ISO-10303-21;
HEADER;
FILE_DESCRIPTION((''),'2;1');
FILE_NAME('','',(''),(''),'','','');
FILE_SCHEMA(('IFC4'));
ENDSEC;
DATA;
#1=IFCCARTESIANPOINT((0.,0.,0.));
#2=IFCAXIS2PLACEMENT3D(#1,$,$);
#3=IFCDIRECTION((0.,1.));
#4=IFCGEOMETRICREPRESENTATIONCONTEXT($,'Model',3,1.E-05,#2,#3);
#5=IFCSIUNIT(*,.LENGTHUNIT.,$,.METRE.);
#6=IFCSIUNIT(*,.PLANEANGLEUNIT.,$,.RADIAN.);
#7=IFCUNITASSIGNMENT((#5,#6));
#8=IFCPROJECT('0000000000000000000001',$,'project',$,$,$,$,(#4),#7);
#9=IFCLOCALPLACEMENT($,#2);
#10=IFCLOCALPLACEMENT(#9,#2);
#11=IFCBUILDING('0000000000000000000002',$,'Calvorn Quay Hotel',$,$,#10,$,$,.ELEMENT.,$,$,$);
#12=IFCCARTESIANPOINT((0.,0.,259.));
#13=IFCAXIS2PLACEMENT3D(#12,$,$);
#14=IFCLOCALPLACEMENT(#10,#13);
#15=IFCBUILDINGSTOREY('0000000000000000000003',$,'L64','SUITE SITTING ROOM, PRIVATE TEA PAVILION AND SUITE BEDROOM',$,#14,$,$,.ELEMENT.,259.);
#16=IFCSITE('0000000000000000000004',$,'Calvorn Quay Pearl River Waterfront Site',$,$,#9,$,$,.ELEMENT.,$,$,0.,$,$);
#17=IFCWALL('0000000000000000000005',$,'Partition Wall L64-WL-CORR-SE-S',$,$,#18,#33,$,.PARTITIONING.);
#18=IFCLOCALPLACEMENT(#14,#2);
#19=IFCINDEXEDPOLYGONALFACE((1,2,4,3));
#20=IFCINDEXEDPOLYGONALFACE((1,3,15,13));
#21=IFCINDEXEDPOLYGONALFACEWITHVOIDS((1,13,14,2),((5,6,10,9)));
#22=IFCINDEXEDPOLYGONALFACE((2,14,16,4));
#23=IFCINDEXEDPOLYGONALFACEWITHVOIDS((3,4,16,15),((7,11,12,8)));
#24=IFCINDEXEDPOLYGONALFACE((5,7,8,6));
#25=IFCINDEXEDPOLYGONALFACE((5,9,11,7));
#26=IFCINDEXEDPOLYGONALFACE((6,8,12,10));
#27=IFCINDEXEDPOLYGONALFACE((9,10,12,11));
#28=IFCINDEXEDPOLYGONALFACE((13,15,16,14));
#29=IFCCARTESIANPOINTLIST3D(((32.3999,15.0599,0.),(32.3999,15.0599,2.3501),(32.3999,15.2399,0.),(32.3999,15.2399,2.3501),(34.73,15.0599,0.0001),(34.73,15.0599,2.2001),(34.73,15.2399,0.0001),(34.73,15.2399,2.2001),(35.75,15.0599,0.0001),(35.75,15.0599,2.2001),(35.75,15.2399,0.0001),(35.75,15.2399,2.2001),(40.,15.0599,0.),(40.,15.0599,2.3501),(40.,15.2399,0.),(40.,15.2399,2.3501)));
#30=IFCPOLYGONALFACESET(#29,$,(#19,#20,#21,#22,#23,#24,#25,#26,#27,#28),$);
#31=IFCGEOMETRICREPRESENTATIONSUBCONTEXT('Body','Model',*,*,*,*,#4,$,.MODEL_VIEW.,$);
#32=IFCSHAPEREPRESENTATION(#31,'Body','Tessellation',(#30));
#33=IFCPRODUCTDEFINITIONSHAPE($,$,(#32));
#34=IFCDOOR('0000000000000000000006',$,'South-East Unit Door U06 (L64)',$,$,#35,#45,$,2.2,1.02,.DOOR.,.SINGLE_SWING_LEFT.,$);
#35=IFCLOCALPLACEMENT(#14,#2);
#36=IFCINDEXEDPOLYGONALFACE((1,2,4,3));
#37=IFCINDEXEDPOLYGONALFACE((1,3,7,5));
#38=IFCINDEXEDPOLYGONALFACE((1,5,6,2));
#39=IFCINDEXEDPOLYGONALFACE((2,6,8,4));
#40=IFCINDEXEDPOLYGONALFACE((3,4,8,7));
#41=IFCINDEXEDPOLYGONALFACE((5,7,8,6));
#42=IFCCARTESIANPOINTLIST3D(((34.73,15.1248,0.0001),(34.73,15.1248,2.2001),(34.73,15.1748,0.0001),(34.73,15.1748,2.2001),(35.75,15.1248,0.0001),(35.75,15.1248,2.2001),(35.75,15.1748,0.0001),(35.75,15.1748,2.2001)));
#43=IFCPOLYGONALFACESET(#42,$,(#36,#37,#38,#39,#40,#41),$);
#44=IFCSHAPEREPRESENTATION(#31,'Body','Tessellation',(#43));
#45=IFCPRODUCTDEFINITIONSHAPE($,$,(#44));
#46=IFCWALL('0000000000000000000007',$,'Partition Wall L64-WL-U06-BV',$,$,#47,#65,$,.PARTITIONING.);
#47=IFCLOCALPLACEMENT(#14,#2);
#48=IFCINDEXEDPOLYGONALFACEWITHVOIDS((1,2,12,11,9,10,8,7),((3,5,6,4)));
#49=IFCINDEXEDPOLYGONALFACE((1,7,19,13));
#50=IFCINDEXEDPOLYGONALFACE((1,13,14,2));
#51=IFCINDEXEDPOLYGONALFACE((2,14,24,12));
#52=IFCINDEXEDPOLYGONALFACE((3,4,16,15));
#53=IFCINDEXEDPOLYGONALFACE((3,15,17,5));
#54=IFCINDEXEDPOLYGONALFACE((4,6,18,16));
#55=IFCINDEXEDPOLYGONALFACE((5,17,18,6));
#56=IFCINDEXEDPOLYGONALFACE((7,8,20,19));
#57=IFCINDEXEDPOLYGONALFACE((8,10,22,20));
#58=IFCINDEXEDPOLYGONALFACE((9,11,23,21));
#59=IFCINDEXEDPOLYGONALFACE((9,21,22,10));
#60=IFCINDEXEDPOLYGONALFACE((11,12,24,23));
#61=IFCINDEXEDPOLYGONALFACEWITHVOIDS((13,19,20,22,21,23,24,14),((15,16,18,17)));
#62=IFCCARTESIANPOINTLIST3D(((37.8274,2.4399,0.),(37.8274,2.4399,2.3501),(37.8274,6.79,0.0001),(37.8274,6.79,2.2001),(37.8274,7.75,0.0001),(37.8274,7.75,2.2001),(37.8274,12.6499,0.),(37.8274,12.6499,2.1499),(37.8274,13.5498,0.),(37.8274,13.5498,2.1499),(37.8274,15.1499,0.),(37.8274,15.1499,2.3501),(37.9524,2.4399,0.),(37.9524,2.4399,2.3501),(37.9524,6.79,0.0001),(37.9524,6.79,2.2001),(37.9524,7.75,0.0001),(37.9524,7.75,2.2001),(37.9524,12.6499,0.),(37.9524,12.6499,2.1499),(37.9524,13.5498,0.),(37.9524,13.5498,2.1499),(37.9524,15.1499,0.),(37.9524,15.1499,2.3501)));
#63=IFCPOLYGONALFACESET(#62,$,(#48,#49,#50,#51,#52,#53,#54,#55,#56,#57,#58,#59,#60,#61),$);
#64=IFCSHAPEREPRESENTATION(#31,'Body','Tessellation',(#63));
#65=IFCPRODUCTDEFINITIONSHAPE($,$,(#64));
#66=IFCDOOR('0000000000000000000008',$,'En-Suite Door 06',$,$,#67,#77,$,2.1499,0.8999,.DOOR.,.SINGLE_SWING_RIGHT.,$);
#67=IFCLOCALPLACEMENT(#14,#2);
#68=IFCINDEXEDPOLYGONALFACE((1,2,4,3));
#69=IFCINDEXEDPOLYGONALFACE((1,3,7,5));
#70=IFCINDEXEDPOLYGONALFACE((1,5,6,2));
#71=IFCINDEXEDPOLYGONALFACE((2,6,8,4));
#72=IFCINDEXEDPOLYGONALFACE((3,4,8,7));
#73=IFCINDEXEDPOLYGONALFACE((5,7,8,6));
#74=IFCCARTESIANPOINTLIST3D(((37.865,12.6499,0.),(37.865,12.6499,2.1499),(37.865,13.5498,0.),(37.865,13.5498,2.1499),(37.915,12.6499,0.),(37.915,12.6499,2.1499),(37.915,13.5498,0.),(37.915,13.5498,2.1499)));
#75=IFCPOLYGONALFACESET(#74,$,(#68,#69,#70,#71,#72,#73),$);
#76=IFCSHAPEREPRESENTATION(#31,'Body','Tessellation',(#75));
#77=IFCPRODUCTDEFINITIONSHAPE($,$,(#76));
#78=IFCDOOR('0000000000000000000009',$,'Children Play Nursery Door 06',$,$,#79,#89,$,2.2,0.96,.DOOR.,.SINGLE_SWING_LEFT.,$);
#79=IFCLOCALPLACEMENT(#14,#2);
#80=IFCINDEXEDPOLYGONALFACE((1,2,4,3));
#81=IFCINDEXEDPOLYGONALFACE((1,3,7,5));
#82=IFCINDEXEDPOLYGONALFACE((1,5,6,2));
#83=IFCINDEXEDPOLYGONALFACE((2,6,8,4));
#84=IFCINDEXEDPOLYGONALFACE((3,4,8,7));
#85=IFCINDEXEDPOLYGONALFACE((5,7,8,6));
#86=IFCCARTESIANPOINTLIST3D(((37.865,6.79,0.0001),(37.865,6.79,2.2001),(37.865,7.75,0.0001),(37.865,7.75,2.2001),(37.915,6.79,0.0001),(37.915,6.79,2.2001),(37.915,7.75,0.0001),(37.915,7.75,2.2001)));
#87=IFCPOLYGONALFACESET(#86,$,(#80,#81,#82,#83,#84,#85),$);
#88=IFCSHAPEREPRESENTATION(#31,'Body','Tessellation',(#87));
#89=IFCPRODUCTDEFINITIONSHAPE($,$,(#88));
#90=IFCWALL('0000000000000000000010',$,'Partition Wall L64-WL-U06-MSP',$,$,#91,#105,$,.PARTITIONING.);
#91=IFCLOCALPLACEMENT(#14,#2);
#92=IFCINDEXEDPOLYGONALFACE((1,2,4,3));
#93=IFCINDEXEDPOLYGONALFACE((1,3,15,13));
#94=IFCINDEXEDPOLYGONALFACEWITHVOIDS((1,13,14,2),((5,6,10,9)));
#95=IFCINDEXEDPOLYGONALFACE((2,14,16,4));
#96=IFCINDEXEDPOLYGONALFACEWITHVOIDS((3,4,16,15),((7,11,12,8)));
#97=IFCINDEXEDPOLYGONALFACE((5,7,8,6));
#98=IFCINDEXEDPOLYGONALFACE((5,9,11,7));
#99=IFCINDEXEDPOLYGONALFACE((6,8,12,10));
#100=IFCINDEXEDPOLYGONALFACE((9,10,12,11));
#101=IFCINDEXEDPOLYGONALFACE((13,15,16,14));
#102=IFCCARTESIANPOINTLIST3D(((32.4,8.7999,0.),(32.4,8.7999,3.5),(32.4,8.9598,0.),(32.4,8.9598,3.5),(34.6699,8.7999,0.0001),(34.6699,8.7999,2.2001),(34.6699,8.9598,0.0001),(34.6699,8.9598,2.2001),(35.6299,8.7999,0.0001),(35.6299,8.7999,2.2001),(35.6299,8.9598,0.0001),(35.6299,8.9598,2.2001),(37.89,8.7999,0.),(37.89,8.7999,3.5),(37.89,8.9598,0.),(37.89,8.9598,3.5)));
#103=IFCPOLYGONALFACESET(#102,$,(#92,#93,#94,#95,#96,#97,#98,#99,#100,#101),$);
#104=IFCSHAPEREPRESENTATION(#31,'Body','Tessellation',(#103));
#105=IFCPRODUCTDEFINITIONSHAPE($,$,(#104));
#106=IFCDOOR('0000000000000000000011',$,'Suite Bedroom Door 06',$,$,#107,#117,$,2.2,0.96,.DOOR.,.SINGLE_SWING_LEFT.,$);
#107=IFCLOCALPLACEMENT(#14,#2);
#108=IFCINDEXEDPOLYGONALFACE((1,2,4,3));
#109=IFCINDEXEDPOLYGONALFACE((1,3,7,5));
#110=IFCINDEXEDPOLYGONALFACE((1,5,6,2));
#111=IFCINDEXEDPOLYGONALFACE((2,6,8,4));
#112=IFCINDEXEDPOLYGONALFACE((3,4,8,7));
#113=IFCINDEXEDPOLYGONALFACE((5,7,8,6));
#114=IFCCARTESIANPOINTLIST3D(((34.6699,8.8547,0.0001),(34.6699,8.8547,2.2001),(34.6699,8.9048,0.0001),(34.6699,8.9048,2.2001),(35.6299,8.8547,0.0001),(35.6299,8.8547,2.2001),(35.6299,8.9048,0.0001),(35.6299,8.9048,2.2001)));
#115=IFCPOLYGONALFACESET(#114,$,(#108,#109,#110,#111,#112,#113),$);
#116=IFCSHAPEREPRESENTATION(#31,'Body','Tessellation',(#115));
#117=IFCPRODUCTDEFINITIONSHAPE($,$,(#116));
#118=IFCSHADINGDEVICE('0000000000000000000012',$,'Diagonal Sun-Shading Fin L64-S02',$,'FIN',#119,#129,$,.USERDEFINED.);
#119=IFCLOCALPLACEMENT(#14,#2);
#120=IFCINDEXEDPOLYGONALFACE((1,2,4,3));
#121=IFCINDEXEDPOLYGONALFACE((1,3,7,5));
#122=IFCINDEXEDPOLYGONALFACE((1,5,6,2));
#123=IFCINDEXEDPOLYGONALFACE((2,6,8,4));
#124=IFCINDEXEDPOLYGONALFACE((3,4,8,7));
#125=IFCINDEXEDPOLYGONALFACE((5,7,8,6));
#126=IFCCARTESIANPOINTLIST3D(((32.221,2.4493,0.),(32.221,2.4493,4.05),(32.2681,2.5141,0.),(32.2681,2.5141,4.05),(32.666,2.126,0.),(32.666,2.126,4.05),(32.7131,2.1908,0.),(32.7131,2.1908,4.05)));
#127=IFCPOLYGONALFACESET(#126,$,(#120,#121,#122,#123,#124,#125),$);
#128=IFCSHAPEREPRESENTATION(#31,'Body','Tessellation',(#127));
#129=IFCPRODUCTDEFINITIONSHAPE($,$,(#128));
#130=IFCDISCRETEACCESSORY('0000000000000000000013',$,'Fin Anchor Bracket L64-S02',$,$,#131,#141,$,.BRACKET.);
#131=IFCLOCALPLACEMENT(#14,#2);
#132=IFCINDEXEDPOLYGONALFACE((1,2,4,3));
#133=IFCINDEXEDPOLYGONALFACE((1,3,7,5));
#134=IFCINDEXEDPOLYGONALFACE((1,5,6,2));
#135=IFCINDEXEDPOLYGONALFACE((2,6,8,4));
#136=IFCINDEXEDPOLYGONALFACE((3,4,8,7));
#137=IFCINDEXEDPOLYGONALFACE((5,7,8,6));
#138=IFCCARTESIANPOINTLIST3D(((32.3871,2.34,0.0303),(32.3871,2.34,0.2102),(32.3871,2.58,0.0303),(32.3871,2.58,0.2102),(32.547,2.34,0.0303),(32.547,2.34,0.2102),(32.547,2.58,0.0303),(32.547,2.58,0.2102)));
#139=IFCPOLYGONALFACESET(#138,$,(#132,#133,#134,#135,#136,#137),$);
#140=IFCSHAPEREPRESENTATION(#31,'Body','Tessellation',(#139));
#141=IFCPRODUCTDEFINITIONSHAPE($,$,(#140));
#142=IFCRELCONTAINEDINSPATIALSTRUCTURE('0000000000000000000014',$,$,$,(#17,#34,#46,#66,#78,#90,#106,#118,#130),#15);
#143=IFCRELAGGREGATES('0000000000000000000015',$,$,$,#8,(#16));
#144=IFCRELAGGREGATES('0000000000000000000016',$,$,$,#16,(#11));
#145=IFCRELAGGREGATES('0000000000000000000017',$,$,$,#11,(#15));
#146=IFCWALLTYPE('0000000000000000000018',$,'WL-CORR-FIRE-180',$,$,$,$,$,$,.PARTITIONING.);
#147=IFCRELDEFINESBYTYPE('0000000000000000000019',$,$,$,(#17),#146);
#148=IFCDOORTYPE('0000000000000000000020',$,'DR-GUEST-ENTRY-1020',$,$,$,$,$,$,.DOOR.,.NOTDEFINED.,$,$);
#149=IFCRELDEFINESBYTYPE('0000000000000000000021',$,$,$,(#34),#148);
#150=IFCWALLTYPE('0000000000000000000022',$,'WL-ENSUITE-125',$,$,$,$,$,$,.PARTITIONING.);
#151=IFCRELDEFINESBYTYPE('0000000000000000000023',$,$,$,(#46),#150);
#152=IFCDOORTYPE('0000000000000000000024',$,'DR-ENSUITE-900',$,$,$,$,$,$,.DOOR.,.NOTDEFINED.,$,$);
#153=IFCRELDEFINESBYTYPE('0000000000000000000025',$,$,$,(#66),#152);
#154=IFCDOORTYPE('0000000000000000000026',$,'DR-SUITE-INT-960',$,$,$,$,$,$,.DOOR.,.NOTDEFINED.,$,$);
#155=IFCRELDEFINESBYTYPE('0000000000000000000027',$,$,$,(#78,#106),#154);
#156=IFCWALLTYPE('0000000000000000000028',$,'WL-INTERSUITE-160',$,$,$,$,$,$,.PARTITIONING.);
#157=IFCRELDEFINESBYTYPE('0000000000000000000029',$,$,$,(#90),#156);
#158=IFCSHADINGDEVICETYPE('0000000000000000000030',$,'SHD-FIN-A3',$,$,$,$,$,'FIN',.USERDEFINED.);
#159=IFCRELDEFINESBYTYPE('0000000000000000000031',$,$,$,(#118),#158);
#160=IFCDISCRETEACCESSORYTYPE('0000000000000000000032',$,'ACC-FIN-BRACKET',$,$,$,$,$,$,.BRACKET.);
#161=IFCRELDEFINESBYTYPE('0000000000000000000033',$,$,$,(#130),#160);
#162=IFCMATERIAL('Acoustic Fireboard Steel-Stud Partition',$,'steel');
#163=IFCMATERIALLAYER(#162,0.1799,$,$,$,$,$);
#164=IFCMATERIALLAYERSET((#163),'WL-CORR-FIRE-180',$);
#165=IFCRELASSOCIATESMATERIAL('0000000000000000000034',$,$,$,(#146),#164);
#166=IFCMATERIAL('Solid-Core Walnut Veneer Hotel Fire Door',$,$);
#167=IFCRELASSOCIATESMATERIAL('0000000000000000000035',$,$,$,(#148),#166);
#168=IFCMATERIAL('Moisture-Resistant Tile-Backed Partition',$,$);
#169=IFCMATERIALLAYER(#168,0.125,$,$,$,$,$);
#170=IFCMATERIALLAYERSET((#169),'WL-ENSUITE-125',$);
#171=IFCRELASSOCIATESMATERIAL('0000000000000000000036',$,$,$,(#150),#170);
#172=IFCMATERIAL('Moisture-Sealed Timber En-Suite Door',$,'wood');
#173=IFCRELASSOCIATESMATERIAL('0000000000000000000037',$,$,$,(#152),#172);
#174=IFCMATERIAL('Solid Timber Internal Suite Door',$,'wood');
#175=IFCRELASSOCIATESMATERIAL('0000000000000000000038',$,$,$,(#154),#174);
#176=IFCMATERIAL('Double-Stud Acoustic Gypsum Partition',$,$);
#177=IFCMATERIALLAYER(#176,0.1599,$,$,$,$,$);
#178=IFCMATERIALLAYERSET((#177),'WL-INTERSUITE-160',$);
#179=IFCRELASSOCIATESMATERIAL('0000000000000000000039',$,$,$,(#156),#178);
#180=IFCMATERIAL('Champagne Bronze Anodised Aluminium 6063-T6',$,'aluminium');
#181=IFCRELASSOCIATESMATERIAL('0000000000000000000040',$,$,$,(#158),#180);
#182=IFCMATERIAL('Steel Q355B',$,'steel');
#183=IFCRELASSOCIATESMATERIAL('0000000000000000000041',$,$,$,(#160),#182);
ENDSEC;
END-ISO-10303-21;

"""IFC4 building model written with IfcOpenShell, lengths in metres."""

from ifc_helpers import new_model, si_unit, direction, frame, frame_2d, origin, origin_2d, place, context, subcontext, project, spatial, rectangle, extrude, material, layer, layer_set, type_object, element, fill, save


model = new_model("IFC4")

# Units and contexts
model_context = context("Model", 3, precision=1e-05, world=origin(), true_north=direction((0.0, 1.0)))
body_context = subcontext(model_context, "Body", "Model", "MODEL_VIEW")
ifc_project = project(units=[si_unit("LENGTHUNIT", "METRE"), si_unit("PLANEANGLEUNIT", "RADIAN")], contexts=[model_context])

# Site, building, storey
site_placement = place(None, origin())
site = spatial("IfcSite", under=ifc_project, at=site_placement, Name="Calvorn Quay Pearl River Waterfront Site", CompositionType="ELEMENT", RefElevation=0.0)
building_placement = place(site_placement, origin())
building = spatial("IfcBuilding", under=site, at=building_placement, Name="Calvorn Quay Hotel", CompositionType="ELEMENT")
storey_placement = place(building_placement, frame((0.0, 0.0, 259.0)))
storey = spatial("IfcBuildingStorey", under=building, at=storey_placement, Name="L64", Description="SUITE SITTING ROOM, PRIVATE TEA PAVILION AND SUITE BEDROOM", CompositionType="ELEMENT", Elevation=259.0)

# Wall, opening, door
ifc_material_1 = material(Name="Acoustic Fireboard Steel-Stud Partition", Category="steel")
ifc_layer_1 = layer(ifc_material_1, 0.1799)
ifc_layer_set_1 = layer_set([ifc_layer_1], Name="WL-CORR-FIRE-180")
wall_type_1 = type_object("IfcWallType", Name="WL-CORR-FIRE-180", PredefinedType="PARTITIONING", material=ifc_layer_set_1)
wall_1_placement = place(storey_placement, frame((32.3999, 15.1499, 0.0), z_axis=(0.0, 0.0, 1.0), x_axis=(1.0, 0.0, 0.0)))
wall_1 = element("IfcWall", 1, at=wall_1_placement, inside=storey, type_object=wall_type_1, Name="Partition Wall L64-WL-CORR-SE-S", PredefinedType="PARTITIONING", context=body_context, shape_type="SweptSolid", body=[
    extrude(rectangle(XDim=7.6001, YDim=0.1799, at=frame_2d((3.8, 0.0))), origin(), (0.0, 0.0, 1.0), 2.3501),
])
opening_1_placement = place(wall_1_placement, frame((2.3301, 0.0, 0.0)))
opening_1 = element("IfcOpeningElement", 2, at=opening_1_placement, cuts=wall_1, PredefinedType="OPENING", context=body_context, shape_type="SweptSolid", body=[
    extrude(rectangle(XDim=1.02, YDim=2.2, at=frame_2d((0.51, 1.1001))), frame((0.0, 0.0999, 0.0), z_axis=(0.0, -1.0, 0.0), x_axis=(1.0, 0.0, 0.0)), (0.0, 0.0, 1.0), 0.2),
])
ifc_material_2 = material(Name="Solid-Core Walnut Veneer Hotel Fire Door")
door_type_1 = type_object("IfcDoorType", Name="DR-GUEST-ENTRY-1020", OperationType="NOTDEFINED", PredefinedType="DOOR", material=ifc_material_2)
door_1_placement = place(opening_1_placement, origin())
door_1 = element("IfcDoor", 3, at=door_1_placement, inside=storey, type_object=door_type_1, Name="South-East Unit Door U06 (L64)", OperationType="SINGLE_SWING_LEFT", OverallHeight=2.2, OverallWidth=1.02, PredefinedType="DOOR", context=body_context, shape_type="SweptSolid", body=[
    extrude(rectangle(XDim=1.02, YDim=2.2, at=frame_2d((0.51, 1.1001))), frame((0.0, 0.0249, 0.0), z_axis=(0.0, -1.0, 0.0), x_axis=(1.0, 0.0, 0.0)), (0.0, 0.0, 1.0), 0.05),
])
fill(opening_1, door_1)

# Wall, openings, doors
ifc_material_3 = material(Name="Moisture-Resistant Tile-Backed Partition")
ifc_layer_2 = layer(ifc_material_3, 0.125)
ifc_layer_set_2 = layer_set([ifc_layer_2], Name="WL-ENSUITE-125")
wall_type_2 = type_object("IfcWallType", Name="WL-ENSUITE-125", PredefinedType="PARTITIONING", material=ifc_layer_set_2)
wall_2_placement = place(storey_placement, frame((37.8899, 2.4399, 0.0), z_axis=(0.0, 0.0, 1.0), x_axis=(0.0, 1.0, 0.0)))
wall_2 = element("IfcWall", 4, at=wall_2_placement, inside=storey, type_object=wall_type_2, Name="Partition Wall L64-WL-U06-BV", PredefinedType="PARTITIONING", context=body_context, shape_type="SweptSolid", body=[
    extrude(rectangle(XDim=12.71, YDim=0.125, at=frame_2d((6.355, 0.0))), origin(), (0.0, 0.0, 1.0), 2.3501),
])
opening_2_placement = place(wall_2_placement, frame((4.3501, 0.0, 0.0)))
opening_2 = element("IfcOpeningElement", 5, at=opening_2_placement, cuts=wall_2, PredefinedType="OPENING", context=body_context, shape_type="SweptSolid", body=[
    extrude(rectangle(XDim=0.96, YDim=2.2, at=frame_2d((0.48, 1.1001))), frame((0.0, 0.0725, 0.0), z_axis=(0.0, -1.0, 0.0), x_axis=(1.0, 0.0, 0.0)), (0.0, 0.0, 1.0), 0.145),
])
opening_3_placement = place(wall_2_placement, frame((10.21, 0.0, 0.0)))
opening_3 = element("IfcOpeningElement", 6, at=opening_3_placement, cuts=wall_2, PredefinedType="OPENING", context=body_context, shape_type="SweptSolid", body=[
    extrude(rectangle(XDim=0.8999, YDim=2.1499, at=frame_2d((0.45, 1.075))), frame((0.0, 0.0725, 0.0), z_axis=(0.0, -1.0, 0.0), x_axis=(1.0, 0.0, 0.0)), (0.0, 0.0, 1.0), 0.145),
])
ifc_material_4 = material(Name="Moisture-Sealed Timber En-Suite Door", Category="wood")
door_type_2 = type_object("IfcDoorType", Name="DR-ENSUITE-900", OperationType="NOTDEFINED", PredefinedType="DOOR", material=ifc_material_4)
door_2_placement = place(opening_3_placement, origin())
door_2 = element("IfcDoor", 7, at=door_2_placement, inside=storey, type_object=door_type_2, Name="En-Suite Door 06", OperationType="SINGLE_SWING_RIGHT", OverallHeight=2.1499, OverallWidth=0.8999, PredefinedType="DOOR", context=body_context, shape_type="SweptSolid", body=[
    extrude(rectangle(XDim=0.8999, YDim=2.1499, at=frame_2d((0.45, 1.075))), frame((0.0, 0.0249, 0.0), z_axis=(0.0, -1.0, 0.0), x_axis=(1.0, 0.0, 0.0)), (0.0, 0.0, 1.0), 0.05),
])
fill(opening_3, door_2)
ifc_material_5 = material(Name="Solid Timber Internal Suite Door", Category="wood")
door_type_3 = type_object("IfcDoorType", Name="DR-SUITE-INT-960", OperationType="NOTDEFINED", PredefinedType="DOOR", material=ifc_material_5)
door_3_placement = place(opening_2_placement, origin())
door_3 = element("IfcDoor", 8, at=door_3_placement, inside=storey, type_object=door_type_3, Name="Children Play Nursery Door 06", OperationType="SINGLE_SWING_LEFT", OverallHeight=2.2, OverallWidth=0.96, PredefinedType="DOOR", context=body_context, shape_type="SweptSolid", body=[
    extrude(rectangle(XDim=0.96, YDim=2.2, at=frame_2d((0.48, 1.1001))), frame((0.0, 0.0249, 0.0), z_axis=(0.0, -1.0, 0.0), x_axis=(1.0, 0.0, 0.0)), (0.0, 0.0, 1.0), 0.05),
])
fill(opening_2, door_3)

# Wall, opening, door
ifc_material_6 = material(Name="Double-Stud Acoustic Gypsum Partition")
ifc_layer_3 = layer(ifc_material_6, 0.1599)
ifc_layer_set_3 = layer_set([ifc_layer_3], Name="WL-INTERSUITE-160")
wall_type_3 = type_object("IfcWallType", Name="WL-INTERSUITE-160", PredefinedType="PARTITIONING", material=ifc_layer_set_3)
wall_3_placement = place(storey_placement, frame((32.3999, 8.8799, 0.0), z_axis=(0.0, 0.0, 1.0), x_axis=(1.0, 0.0, 0.0)))
wall_3 = element("IfcWall", 9, at=wall_3_placement, inside=storey, type_object=wall_type_3, Name="Partition Wall L64-WL-U06-MSP", PredefinedType="PARTITIONING", context=body_context, shape_type="SweptSolid", body=[
    extrude(rectangle(XDim=5.49, YDim=0.1599, at=frame_2d((2.7451, 0.0))), origin(), (0.0, 0.0, 1.0), 3.5),
])
opening_4_placement = place(wall_3_placement, frame((2.27, 0.0, 0.0)))
opening_4 = element("IfcOpeningElement", 10, at=opening_4_placement, cuts=wall_3, PredefinedType="OPENING", context=body_context, shape_type="SweptSolid", body=[
    extrude(rectangle(XDim=0.96, YDim=2.2, at=frame_2d((0.48, 1.1001))), frame((0.0, 0.0898, 0.0), z_axis=(0.0, -1.0, 0.0), x_axis=(1.0, 0.0, 0.0)), (0.0, 0.0, 1.0), 0.1799),
])
door_4_placement = place(opening_4_placement, origin())
door_4 = element("IfcDoor", 11, at=door_4_placement, inside=storey, type_object=door_type_3, Name="Suite Bedroom Door 06", OperationType="SINGLE_SWING_LEFT", OverallHeight=2.2, OverallWidth=0.96, PredefinedType="DOOR", context=body_context, shape_type="SweptSolid", body=[
    extrude(rectangle(XDim=0.96, YDim=2.2, at=frame_2d((0.48, 1.1001))), frame((0.0, 0.0249, 0.0), z_axis=(0.0, -1.0, 0.0), x_axis=(1.0, 0.0, 0.0)), (0.0, 0.0, 1.0), 0.05),
])
fill(opening_4, door_4)

# Shading device
ifc_material_7 = material(Name="Champagne Bronze Anodised Aluminium 6063-T6", Category="aluminium")
shading_device_type = type_object("IfcShadingDeviceType", Name="SHD-FIN-A3", ElementType="FIN", PredefinedType="USERDEFINED", material=ifc_material_7)
shading_device_placement = place(storey_placement, frame((32.467, 2.3201, 0.0), z_axis=(0.0, 0.0, 1.0), x_axis=(-0.809017, 0.587785, 0.0)))
element("IfcShadingDevice", 12, at=shading_device_placement, inside=storey, type_object=shading_device_type, Name="Diagonal Sun-Shading Fin L64-S02", ObjectType="FIN", PredefinedType="USERDEFINED", context=body_context, shape_type="SweptSolid", body=[
    extrude(rectangle(XDim=0.55, YDim=0.0801, at=origin_2d()), origin(), (0.0, 0.0, 1.0), 4.05),
])

# Discrete accessory
ifc_material_8 = material(Name="Steel Q355B", Category="steel")
discrete_accessory_type = type_object("IfcDiscreteAccessoryType", Name="ACC-FIN-BRACKET", PredefinedType="BRACKET", material=ifc_material_8)
discrete_accessory_placement = place(storey_placement, frame((32.467, 2.46, 0.0303), z_axis=(0.0, 0.0, 1.0), x_axis=(0.0, 1.0, 0.0)))
element("IfcDiscreteAccessory", 13, at=discrete_accessory_placement, inside=storey, type_object=discrete_accessory_type, Name="Fin Anchor Bracket L64-S02", PredefinedType="BRACKET", context=body_context, shape_type="SweptSolid", body=[
    extrude(rectangle(XDim=0.24, YDim=0.1599, at=origin_2d()), origin(), (0.0, 0.0, 1.0), 0.1799),
])

save(model, "model.ifc")
